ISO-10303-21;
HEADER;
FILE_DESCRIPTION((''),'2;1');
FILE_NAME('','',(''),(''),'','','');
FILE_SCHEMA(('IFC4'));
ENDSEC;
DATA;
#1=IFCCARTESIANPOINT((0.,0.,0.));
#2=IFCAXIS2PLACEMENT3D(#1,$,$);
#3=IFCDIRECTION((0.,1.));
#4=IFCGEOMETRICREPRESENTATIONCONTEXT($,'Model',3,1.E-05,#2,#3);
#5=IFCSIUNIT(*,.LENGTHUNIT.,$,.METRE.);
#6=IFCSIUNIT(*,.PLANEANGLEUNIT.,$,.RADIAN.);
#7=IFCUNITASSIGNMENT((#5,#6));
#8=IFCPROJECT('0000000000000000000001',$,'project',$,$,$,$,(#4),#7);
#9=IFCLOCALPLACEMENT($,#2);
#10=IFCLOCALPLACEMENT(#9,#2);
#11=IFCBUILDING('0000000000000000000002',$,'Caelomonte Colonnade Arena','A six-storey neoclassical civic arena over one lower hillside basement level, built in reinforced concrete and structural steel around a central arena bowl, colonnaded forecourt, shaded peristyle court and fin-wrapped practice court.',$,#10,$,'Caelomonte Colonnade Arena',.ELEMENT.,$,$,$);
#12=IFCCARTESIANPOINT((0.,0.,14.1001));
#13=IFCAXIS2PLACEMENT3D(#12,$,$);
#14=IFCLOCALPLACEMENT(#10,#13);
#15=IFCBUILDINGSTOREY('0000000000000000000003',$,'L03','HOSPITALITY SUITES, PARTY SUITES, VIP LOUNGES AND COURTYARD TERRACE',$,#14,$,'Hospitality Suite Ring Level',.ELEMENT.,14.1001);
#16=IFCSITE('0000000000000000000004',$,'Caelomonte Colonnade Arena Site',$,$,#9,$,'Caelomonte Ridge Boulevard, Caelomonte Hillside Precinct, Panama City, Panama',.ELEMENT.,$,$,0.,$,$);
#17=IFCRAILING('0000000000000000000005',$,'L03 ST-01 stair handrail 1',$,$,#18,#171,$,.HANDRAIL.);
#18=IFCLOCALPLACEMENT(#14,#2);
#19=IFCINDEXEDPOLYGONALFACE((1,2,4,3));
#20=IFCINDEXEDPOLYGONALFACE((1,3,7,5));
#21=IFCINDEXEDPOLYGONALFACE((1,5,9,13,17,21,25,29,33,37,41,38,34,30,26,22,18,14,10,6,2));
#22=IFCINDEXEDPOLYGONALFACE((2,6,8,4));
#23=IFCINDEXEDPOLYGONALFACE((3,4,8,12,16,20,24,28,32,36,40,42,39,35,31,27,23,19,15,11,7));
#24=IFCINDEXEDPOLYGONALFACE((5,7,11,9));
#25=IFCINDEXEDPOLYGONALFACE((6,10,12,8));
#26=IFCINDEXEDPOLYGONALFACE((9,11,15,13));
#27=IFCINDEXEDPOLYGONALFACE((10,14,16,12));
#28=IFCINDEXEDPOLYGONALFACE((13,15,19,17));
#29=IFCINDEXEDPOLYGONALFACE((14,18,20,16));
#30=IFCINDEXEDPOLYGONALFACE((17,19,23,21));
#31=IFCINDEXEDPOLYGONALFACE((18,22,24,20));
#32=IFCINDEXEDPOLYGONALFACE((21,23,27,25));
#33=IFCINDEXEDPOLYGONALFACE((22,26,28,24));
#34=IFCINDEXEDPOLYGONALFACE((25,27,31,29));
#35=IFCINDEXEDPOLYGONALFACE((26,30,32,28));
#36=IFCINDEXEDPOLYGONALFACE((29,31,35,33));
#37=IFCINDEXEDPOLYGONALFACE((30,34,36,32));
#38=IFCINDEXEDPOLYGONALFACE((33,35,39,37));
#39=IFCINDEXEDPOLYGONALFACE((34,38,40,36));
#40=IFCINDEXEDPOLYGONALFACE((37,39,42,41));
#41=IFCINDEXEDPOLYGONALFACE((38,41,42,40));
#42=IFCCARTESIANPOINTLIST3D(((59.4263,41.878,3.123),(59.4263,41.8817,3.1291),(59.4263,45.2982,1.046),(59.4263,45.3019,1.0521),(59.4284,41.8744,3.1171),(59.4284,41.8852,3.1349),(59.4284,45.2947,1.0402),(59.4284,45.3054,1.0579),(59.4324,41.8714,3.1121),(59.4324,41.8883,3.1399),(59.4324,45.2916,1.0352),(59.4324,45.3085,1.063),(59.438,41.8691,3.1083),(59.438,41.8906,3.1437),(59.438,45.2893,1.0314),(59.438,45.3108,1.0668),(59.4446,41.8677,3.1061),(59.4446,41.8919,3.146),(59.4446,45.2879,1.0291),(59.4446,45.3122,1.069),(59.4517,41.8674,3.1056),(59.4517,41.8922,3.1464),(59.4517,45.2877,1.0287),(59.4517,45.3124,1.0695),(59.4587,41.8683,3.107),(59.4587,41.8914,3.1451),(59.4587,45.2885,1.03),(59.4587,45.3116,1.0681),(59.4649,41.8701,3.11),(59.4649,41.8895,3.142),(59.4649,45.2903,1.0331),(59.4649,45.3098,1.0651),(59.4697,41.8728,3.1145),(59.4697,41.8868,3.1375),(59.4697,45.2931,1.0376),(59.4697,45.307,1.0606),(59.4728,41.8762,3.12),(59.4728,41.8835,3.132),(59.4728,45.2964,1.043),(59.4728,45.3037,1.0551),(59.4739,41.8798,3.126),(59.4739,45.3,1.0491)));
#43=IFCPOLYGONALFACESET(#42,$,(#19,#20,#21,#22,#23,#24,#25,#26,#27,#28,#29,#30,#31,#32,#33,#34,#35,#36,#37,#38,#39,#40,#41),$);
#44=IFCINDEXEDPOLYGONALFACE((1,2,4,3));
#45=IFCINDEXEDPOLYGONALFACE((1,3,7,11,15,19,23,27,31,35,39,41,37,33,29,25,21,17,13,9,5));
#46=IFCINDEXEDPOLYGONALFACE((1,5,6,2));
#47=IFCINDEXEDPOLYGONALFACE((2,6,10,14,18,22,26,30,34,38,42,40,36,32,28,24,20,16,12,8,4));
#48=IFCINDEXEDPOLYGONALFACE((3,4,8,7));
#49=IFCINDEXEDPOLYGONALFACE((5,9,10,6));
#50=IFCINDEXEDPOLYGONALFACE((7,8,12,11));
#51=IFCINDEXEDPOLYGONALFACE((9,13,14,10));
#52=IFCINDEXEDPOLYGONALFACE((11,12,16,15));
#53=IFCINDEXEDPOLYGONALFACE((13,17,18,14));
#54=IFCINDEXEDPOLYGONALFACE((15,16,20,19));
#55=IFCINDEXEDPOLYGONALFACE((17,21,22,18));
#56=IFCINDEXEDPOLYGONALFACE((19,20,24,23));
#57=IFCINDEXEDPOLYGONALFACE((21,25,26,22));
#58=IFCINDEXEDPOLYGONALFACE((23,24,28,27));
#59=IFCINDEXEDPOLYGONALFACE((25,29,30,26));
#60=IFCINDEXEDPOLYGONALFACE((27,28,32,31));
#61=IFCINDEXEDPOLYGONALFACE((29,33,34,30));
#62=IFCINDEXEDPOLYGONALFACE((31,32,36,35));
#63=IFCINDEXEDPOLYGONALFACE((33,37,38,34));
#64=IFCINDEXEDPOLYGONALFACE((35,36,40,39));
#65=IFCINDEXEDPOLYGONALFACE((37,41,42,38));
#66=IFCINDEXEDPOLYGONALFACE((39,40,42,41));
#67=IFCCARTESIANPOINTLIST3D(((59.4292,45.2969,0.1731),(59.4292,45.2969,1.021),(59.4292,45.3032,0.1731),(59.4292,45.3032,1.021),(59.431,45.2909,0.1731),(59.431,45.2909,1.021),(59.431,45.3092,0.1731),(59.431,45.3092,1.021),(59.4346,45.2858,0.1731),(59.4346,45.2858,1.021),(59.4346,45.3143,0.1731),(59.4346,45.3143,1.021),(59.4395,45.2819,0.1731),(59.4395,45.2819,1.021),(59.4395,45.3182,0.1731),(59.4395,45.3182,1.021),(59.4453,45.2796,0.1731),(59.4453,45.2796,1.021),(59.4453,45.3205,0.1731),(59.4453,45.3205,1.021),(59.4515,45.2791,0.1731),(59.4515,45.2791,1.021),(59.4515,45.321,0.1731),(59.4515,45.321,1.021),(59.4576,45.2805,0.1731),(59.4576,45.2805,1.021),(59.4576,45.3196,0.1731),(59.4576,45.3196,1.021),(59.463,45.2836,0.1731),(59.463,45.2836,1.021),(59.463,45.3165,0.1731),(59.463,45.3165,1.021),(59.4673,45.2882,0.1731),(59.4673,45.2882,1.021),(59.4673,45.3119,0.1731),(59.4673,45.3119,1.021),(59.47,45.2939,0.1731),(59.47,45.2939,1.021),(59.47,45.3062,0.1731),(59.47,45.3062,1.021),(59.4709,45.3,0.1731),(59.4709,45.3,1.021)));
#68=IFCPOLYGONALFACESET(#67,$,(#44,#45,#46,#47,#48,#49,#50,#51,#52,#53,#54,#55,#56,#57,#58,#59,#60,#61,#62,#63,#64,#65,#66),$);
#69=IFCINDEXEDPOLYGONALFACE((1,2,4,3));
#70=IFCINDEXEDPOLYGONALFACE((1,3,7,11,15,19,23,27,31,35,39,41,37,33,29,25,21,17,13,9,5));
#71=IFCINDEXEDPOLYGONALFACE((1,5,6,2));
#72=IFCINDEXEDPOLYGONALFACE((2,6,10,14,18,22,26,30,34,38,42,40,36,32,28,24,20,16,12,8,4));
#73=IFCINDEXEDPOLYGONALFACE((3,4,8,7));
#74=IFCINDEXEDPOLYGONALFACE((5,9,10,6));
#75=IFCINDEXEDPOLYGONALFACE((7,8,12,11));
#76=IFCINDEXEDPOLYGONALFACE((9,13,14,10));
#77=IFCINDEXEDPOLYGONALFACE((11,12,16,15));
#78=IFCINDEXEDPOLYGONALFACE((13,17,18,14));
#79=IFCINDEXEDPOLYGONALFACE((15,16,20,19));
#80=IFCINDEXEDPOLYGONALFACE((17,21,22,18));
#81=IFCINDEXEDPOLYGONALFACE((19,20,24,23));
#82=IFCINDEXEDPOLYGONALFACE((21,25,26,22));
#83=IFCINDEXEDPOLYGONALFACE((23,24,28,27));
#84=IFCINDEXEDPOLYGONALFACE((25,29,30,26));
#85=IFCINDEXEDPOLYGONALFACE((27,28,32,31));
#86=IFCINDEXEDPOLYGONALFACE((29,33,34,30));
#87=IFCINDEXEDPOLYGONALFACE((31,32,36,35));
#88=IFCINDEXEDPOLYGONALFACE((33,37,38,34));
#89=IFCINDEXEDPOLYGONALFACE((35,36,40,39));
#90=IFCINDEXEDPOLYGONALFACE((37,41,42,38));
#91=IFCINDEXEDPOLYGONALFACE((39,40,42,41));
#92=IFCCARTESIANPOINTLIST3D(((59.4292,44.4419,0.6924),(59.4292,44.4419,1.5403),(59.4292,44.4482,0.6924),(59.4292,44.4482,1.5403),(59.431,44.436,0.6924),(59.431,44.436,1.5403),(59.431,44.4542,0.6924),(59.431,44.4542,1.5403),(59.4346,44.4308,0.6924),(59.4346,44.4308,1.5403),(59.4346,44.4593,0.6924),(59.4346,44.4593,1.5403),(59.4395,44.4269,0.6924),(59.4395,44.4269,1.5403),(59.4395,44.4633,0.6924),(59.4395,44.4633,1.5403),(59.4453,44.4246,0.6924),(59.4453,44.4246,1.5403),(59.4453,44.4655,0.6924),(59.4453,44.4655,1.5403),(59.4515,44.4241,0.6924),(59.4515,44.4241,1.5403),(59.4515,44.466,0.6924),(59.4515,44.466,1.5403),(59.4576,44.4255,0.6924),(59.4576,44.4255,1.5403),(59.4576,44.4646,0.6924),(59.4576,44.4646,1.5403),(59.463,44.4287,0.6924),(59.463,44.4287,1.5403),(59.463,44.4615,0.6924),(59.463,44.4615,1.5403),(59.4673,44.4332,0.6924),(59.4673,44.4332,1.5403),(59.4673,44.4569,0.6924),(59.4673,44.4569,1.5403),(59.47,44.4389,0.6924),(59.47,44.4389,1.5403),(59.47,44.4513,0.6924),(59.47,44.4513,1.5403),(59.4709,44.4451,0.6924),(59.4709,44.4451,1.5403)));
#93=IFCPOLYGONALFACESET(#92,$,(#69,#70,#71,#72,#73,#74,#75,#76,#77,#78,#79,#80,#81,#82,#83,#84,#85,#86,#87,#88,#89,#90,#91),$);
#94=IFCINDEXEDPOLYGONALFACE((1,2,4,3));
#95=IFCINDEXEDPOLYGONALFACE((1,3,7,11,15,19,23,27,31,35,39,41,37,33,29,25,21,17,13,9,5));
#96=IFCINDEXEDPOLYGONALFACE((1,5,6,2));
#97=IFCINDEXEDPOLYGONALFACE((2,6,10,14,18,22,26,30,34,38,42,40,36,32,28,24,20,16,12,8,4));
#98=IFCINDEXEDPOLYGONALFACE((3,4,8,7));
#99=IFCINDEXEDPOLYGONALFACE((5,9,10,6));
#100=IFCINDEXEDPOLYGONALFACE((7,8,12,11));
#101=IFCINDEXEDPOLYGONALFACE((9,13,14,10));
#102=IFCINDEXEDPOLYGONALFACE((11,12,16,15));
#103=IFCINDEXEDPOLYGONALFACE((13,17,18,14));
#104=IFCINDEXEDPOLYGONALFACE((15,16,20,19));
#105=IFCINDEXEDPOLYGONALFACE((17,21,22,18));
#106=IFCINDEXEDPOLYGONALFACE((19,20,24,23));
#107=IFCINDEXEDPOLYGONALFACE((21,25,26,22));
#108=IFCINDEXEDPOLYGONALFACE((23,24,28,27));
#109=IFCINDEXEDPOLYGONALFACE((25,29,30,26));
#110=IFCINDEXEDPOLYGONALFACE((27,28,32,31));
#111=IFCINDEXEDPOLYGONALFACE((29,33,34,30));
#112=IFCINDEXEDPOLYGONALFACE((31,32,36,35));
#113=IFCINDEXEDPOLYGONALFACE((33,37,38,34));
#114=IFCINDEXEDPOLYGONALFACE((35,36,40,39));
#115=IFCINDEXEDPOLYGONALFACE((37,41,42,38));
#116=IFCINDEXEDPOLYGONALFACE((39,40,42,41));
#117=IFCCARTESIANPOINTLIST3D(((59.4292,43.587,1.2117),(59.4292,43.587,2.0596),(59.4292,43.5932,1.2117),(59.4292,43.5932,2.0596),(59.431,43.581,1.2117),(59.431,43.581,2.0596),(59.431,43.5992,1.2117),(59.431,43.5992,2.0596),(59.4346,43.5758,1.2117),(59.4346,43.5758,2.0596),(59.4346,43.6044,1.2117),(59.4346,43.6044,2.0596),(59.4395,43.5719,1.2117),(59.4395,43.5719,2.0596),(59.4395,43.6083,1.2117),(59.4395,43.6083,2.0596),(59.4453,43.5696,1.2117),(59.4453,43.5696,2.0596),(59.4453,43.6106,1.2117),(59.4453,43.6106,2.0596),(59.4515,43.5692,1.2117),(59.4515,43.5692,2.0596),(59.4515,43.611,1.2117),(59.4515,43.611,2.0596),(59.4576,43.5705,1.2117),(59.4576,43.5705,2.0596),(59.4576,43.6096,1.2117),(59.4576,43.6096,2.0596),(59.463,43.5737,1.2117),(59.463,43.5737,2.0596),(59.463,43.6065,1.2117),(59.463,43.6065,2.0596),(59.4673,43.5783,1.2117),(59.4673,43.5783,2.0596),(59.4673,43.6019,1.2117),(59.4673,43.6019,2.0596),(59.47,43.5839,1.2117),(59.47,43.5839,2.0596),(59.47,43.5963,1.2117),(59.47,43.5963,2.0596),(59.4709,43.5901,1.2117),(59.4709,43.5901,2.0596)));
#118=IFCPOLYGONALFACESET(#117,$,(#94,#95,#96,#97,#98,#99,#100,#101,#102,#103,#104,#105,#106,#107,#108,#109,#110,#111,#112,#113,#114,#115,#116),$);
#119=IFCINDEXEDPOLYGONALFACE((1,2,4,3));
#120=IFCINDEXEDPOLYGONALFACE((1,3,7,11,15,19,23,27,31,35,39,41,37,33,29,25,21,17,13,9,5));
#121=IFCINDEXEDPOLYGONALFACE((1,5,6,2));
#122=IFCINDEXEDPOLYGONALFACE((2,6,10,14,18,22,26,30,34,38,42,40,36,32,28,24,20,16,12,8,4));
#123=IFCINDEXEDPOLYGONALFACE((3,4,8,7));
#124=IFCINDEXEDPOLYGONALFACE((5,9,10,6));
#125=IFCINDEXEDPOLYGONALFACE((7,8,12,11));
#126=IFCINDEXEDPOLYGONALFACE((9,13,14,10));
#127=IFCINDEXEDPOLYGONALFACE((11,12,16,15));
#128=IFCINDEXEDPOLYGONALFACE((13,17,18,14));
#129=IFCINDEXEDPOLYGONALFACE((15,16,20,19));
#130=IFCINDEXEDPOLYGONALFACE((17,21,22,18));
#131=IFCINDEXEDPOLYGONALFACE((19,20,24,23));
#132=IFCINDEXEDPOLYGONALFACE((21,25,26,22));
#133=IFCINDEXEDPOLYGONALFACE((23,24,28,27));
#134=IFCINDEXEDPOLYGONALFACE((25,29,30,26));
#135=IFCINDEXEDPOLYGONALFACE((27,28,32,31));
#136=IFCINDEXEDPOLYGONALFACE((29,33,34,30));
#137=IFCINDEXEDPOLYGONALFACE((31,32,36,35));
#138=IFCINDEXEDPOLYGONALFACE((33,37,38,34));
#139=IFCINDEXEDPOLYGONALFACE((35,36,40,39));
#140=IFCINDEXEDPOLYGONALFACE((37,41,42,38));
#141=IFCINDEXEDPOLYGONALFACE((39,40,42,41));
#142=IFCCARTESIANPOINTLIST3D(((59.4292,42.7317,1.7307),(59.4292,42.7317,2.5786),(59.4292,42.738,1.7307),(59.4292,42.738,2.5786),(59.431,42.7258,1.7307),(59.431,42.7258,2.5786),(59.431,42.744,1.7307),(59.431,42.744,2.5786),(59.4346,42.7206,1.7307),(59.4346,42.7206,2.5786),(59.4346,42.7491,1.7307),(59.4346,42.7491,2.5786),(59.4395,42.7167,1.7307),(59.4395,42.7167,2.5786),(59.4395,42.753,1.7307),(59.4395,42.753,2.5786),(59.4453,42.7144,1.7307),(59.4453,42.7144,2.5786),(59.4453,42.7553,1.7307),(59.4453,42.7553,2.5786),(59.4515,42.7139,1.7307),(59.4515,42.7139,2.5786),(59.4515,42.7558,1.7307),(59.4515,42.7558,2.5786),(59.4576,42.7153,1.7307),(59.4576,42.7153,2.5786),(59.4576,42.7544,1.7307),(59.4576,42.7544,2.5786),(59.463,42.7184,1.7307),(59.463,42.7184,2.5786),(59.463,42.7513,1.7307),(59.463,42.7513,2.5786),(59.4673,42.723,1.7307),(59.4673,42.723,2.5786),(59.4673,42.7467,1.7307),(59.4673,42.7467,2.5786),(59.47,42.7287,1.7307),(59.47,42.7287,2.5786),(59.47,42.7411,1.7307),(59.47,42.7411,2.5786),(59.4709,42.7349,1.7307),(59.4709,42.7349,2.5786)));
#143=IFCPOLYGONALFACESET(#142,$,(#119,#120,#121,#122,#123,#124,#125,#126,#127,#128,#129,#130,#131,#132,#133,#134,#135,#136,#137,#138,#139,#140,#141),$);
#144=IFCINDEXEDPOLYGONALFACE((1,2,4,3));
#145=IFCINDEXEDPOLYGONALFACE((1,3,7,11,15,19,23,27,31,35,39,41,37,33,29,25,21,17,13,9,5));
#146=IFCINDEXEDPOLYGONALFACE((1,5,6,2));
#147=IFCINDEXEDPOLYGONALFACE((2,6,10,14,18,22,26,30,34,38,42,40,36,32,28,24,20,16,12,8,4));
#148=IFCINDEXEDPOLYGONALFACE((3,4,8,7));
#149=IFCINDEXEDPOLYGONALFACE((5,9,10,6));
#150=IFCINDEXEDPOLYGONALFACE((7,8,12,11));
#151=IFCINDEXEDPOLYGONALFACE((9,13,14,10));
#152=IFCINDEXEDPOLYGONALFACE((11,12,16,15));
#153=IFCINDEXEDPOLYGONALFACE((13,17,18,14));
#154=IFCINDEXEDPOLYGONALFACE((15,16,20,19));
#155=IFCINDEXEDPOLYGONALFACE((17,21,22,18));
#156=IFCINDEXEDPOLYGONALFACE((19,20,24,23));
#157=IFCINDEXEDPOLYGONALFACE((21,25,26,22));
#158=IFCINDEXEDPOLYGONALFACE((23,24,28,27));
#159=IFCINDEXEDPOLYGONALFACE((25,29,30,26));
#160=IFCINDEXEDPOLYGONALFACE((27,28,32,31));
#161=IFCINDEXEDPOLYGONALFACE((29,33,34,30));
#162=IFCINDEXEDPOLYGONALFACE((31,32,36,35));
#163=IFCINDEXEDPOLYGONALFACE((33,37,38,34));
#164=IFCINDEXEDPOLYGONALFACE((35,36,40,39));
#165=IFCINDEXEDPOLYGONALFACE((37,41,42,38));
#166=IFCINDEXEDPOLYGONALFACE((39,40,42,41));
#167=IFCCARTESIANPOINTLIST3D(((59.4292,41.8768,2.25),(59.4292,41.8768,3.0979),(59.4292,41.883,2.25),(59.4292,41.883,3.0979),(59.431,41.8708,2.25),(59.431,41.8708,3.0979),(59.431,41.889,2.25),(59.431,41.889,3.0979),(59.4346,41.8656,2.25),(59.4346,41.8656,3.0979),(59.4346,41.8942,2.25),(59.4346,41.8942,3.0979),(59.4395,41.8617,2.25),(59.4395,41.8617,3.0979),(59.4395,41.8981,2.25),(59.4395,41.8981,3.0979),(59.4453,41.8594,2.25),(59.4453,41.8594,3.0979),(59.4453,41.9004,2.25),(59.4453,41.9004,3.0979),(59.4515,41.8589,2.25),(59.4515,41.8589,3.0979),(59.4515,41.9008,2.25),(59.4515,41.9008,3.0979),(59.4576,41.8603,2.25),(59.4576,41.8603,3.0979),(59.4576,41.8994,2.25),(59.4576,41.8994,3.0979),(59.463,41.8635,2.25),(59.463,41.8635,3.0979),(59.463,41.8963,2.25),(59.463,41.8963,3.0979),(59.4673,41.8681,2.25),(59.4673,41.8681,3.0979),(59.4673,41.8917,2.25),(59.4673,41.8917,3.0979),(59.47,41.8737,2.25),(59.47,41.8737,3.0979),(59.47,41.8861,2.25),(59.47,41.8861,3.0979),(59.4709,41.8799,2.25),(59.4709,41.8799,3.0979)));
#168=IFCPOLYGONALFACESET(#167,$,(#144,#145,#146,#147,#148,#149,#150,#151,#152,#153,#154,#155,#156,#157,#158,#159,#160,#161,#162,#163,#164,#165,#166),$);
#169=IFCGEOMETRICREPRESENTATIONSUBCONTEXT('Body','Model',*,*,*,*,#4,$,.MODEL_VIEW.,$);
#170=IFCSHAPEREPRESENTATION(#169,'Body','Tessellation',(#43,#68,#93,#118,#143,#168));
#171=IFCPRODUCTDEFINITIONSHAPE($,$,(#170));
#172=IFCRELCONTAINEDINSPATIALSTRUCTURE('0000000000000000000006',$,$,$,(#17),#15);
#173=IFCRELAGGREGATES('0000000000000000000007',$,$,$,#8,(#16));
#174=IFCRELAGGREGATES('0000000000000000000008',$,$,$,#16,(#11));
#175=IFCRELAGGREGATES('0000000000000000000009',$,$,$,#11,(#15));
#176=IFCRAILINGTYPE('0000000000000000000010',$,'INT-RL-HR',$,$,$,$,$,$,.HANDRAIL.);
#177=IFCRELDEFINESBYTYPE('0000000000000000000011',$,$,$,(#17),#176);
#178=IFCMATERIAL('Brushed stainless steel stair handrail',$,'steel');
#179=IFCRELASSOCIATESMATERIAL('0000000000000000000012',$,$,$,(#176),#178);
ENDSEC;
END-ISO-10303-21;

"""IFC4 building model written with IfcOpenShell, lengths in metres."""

from ifc_helpers import new_model, si_unit, direction, frame, origin, origin_2d, place, context, subcontext, project, spatial, circle, extrude, material, type_object, element, save


model = new_model("IFC4")

# Units and contexts
model_context = context("Model", 3, precision=1e-05, world=origin(), true_north=direction((0.0, 1.0)))
body_context = subcontext(model_context, "Body", "Model", "MODEL_VIEW")
ifc_project = project(units=[si_unit("LENGTHUNIT", "METRE"), si_unit("PLANEANGLEUNIT", "RADIAN")], contexts=[model_context])

# Site, building, storey
site_placement = place(None, origin())
site = spatial("IfcSite", under=ifc_project, at=site_placement, Name="Caelomonte Colonnade Arena Site", LongName="Caelomonte Ridge Boulevard, Caelomonte Hillside Precinct, Panama City, Panama", CompositionType="ELEMENT", RefElevation=0.0)
building_placement = place(site_placement, origin())
building = spatial("IfcBuilding", under=site, at=building_placement, Name="Caelomonte Colonnade Arena", Description="A six-storey neoclassical civic arena over one lower hillside basement level, built in reinforced concrete and structural steel around a central arena bowl, colonnaded forecourt, shaded peristyle court and fin-wrapped practice court.", LongName="Caelomonte Colonnade Arena", CompositionType="ELEMENT")
storey_placement = place(building_placement, frame((0.0, 0.0, 14.1001)))
storey = spatial("IfcBuildingStorey", under=building, at=storey_placement, Name="L03", Description="HOSPITALITY SUITES, PARTY SUITES, VIP LOUNGES AND COURTYARD TERRACE", LongName="Hospitality Suite Ring Level", CompositionType="ELEMENT", Elevation=14.1001)

# Railing
ifc_material_1 = material(Name="Brushed stainless steel stair handrail", Category="steel")
railing_type_1 = type_object("IfcRailingType", Name="INT-RL-HR", PredefinedType="HANDRAIL", material=ifc_material_1)
railing_1_placement = place(storey_placement, frame((59.45, 45.3, 0.1731)))
element("IfcRailing", 1, at=railing_1_placement, inside=storey, type_object=railing_type_1, Name="L03 ST-01 stair handrail 1", PredefinedType="HANDRAIL", context=body_context, shape_type="SweptSolid", body=[
    extrude(circle(Radius=0.0239, at=origin_2d()), frame((0.0, 0.0, 0.876), z_axis=(0.0, -0.854746, 0.519047), x_axis=(1.0, 0.0, 0.0)), (0.0, 0.0, 1.0), 4.0015),
    extrude(circle(Radius=0.021, at=origin_2d()), origin(), (0.0, 0.0, 1.0), 0.8479),
    extrude(circle(Radius=0.021, at=origin_2d()), frame((0.0, -0.855, 0.5193)), (0.0, 0.0, 1.0), 0.8479),
    extrude(circle(Radius=0.021, at=origin_2d()), frame((0.0, -1.71, 1.0386)), (0.0, 0.0, 1.0), 0.8479),
    extrude(circle(Radius=0.021, at=origin_2d()), frame((0.0, -2.5652, 1.5576)), (0.0, 0.0, 1.0), 0.8479),
    extrude(circle(Radius=0.021, at=origin_2d()), frame((0.0, -3.4202, 2.0769)), (0.0, 0.0, 1.0), 0.8479),
])

save(model, "model.ifc")
